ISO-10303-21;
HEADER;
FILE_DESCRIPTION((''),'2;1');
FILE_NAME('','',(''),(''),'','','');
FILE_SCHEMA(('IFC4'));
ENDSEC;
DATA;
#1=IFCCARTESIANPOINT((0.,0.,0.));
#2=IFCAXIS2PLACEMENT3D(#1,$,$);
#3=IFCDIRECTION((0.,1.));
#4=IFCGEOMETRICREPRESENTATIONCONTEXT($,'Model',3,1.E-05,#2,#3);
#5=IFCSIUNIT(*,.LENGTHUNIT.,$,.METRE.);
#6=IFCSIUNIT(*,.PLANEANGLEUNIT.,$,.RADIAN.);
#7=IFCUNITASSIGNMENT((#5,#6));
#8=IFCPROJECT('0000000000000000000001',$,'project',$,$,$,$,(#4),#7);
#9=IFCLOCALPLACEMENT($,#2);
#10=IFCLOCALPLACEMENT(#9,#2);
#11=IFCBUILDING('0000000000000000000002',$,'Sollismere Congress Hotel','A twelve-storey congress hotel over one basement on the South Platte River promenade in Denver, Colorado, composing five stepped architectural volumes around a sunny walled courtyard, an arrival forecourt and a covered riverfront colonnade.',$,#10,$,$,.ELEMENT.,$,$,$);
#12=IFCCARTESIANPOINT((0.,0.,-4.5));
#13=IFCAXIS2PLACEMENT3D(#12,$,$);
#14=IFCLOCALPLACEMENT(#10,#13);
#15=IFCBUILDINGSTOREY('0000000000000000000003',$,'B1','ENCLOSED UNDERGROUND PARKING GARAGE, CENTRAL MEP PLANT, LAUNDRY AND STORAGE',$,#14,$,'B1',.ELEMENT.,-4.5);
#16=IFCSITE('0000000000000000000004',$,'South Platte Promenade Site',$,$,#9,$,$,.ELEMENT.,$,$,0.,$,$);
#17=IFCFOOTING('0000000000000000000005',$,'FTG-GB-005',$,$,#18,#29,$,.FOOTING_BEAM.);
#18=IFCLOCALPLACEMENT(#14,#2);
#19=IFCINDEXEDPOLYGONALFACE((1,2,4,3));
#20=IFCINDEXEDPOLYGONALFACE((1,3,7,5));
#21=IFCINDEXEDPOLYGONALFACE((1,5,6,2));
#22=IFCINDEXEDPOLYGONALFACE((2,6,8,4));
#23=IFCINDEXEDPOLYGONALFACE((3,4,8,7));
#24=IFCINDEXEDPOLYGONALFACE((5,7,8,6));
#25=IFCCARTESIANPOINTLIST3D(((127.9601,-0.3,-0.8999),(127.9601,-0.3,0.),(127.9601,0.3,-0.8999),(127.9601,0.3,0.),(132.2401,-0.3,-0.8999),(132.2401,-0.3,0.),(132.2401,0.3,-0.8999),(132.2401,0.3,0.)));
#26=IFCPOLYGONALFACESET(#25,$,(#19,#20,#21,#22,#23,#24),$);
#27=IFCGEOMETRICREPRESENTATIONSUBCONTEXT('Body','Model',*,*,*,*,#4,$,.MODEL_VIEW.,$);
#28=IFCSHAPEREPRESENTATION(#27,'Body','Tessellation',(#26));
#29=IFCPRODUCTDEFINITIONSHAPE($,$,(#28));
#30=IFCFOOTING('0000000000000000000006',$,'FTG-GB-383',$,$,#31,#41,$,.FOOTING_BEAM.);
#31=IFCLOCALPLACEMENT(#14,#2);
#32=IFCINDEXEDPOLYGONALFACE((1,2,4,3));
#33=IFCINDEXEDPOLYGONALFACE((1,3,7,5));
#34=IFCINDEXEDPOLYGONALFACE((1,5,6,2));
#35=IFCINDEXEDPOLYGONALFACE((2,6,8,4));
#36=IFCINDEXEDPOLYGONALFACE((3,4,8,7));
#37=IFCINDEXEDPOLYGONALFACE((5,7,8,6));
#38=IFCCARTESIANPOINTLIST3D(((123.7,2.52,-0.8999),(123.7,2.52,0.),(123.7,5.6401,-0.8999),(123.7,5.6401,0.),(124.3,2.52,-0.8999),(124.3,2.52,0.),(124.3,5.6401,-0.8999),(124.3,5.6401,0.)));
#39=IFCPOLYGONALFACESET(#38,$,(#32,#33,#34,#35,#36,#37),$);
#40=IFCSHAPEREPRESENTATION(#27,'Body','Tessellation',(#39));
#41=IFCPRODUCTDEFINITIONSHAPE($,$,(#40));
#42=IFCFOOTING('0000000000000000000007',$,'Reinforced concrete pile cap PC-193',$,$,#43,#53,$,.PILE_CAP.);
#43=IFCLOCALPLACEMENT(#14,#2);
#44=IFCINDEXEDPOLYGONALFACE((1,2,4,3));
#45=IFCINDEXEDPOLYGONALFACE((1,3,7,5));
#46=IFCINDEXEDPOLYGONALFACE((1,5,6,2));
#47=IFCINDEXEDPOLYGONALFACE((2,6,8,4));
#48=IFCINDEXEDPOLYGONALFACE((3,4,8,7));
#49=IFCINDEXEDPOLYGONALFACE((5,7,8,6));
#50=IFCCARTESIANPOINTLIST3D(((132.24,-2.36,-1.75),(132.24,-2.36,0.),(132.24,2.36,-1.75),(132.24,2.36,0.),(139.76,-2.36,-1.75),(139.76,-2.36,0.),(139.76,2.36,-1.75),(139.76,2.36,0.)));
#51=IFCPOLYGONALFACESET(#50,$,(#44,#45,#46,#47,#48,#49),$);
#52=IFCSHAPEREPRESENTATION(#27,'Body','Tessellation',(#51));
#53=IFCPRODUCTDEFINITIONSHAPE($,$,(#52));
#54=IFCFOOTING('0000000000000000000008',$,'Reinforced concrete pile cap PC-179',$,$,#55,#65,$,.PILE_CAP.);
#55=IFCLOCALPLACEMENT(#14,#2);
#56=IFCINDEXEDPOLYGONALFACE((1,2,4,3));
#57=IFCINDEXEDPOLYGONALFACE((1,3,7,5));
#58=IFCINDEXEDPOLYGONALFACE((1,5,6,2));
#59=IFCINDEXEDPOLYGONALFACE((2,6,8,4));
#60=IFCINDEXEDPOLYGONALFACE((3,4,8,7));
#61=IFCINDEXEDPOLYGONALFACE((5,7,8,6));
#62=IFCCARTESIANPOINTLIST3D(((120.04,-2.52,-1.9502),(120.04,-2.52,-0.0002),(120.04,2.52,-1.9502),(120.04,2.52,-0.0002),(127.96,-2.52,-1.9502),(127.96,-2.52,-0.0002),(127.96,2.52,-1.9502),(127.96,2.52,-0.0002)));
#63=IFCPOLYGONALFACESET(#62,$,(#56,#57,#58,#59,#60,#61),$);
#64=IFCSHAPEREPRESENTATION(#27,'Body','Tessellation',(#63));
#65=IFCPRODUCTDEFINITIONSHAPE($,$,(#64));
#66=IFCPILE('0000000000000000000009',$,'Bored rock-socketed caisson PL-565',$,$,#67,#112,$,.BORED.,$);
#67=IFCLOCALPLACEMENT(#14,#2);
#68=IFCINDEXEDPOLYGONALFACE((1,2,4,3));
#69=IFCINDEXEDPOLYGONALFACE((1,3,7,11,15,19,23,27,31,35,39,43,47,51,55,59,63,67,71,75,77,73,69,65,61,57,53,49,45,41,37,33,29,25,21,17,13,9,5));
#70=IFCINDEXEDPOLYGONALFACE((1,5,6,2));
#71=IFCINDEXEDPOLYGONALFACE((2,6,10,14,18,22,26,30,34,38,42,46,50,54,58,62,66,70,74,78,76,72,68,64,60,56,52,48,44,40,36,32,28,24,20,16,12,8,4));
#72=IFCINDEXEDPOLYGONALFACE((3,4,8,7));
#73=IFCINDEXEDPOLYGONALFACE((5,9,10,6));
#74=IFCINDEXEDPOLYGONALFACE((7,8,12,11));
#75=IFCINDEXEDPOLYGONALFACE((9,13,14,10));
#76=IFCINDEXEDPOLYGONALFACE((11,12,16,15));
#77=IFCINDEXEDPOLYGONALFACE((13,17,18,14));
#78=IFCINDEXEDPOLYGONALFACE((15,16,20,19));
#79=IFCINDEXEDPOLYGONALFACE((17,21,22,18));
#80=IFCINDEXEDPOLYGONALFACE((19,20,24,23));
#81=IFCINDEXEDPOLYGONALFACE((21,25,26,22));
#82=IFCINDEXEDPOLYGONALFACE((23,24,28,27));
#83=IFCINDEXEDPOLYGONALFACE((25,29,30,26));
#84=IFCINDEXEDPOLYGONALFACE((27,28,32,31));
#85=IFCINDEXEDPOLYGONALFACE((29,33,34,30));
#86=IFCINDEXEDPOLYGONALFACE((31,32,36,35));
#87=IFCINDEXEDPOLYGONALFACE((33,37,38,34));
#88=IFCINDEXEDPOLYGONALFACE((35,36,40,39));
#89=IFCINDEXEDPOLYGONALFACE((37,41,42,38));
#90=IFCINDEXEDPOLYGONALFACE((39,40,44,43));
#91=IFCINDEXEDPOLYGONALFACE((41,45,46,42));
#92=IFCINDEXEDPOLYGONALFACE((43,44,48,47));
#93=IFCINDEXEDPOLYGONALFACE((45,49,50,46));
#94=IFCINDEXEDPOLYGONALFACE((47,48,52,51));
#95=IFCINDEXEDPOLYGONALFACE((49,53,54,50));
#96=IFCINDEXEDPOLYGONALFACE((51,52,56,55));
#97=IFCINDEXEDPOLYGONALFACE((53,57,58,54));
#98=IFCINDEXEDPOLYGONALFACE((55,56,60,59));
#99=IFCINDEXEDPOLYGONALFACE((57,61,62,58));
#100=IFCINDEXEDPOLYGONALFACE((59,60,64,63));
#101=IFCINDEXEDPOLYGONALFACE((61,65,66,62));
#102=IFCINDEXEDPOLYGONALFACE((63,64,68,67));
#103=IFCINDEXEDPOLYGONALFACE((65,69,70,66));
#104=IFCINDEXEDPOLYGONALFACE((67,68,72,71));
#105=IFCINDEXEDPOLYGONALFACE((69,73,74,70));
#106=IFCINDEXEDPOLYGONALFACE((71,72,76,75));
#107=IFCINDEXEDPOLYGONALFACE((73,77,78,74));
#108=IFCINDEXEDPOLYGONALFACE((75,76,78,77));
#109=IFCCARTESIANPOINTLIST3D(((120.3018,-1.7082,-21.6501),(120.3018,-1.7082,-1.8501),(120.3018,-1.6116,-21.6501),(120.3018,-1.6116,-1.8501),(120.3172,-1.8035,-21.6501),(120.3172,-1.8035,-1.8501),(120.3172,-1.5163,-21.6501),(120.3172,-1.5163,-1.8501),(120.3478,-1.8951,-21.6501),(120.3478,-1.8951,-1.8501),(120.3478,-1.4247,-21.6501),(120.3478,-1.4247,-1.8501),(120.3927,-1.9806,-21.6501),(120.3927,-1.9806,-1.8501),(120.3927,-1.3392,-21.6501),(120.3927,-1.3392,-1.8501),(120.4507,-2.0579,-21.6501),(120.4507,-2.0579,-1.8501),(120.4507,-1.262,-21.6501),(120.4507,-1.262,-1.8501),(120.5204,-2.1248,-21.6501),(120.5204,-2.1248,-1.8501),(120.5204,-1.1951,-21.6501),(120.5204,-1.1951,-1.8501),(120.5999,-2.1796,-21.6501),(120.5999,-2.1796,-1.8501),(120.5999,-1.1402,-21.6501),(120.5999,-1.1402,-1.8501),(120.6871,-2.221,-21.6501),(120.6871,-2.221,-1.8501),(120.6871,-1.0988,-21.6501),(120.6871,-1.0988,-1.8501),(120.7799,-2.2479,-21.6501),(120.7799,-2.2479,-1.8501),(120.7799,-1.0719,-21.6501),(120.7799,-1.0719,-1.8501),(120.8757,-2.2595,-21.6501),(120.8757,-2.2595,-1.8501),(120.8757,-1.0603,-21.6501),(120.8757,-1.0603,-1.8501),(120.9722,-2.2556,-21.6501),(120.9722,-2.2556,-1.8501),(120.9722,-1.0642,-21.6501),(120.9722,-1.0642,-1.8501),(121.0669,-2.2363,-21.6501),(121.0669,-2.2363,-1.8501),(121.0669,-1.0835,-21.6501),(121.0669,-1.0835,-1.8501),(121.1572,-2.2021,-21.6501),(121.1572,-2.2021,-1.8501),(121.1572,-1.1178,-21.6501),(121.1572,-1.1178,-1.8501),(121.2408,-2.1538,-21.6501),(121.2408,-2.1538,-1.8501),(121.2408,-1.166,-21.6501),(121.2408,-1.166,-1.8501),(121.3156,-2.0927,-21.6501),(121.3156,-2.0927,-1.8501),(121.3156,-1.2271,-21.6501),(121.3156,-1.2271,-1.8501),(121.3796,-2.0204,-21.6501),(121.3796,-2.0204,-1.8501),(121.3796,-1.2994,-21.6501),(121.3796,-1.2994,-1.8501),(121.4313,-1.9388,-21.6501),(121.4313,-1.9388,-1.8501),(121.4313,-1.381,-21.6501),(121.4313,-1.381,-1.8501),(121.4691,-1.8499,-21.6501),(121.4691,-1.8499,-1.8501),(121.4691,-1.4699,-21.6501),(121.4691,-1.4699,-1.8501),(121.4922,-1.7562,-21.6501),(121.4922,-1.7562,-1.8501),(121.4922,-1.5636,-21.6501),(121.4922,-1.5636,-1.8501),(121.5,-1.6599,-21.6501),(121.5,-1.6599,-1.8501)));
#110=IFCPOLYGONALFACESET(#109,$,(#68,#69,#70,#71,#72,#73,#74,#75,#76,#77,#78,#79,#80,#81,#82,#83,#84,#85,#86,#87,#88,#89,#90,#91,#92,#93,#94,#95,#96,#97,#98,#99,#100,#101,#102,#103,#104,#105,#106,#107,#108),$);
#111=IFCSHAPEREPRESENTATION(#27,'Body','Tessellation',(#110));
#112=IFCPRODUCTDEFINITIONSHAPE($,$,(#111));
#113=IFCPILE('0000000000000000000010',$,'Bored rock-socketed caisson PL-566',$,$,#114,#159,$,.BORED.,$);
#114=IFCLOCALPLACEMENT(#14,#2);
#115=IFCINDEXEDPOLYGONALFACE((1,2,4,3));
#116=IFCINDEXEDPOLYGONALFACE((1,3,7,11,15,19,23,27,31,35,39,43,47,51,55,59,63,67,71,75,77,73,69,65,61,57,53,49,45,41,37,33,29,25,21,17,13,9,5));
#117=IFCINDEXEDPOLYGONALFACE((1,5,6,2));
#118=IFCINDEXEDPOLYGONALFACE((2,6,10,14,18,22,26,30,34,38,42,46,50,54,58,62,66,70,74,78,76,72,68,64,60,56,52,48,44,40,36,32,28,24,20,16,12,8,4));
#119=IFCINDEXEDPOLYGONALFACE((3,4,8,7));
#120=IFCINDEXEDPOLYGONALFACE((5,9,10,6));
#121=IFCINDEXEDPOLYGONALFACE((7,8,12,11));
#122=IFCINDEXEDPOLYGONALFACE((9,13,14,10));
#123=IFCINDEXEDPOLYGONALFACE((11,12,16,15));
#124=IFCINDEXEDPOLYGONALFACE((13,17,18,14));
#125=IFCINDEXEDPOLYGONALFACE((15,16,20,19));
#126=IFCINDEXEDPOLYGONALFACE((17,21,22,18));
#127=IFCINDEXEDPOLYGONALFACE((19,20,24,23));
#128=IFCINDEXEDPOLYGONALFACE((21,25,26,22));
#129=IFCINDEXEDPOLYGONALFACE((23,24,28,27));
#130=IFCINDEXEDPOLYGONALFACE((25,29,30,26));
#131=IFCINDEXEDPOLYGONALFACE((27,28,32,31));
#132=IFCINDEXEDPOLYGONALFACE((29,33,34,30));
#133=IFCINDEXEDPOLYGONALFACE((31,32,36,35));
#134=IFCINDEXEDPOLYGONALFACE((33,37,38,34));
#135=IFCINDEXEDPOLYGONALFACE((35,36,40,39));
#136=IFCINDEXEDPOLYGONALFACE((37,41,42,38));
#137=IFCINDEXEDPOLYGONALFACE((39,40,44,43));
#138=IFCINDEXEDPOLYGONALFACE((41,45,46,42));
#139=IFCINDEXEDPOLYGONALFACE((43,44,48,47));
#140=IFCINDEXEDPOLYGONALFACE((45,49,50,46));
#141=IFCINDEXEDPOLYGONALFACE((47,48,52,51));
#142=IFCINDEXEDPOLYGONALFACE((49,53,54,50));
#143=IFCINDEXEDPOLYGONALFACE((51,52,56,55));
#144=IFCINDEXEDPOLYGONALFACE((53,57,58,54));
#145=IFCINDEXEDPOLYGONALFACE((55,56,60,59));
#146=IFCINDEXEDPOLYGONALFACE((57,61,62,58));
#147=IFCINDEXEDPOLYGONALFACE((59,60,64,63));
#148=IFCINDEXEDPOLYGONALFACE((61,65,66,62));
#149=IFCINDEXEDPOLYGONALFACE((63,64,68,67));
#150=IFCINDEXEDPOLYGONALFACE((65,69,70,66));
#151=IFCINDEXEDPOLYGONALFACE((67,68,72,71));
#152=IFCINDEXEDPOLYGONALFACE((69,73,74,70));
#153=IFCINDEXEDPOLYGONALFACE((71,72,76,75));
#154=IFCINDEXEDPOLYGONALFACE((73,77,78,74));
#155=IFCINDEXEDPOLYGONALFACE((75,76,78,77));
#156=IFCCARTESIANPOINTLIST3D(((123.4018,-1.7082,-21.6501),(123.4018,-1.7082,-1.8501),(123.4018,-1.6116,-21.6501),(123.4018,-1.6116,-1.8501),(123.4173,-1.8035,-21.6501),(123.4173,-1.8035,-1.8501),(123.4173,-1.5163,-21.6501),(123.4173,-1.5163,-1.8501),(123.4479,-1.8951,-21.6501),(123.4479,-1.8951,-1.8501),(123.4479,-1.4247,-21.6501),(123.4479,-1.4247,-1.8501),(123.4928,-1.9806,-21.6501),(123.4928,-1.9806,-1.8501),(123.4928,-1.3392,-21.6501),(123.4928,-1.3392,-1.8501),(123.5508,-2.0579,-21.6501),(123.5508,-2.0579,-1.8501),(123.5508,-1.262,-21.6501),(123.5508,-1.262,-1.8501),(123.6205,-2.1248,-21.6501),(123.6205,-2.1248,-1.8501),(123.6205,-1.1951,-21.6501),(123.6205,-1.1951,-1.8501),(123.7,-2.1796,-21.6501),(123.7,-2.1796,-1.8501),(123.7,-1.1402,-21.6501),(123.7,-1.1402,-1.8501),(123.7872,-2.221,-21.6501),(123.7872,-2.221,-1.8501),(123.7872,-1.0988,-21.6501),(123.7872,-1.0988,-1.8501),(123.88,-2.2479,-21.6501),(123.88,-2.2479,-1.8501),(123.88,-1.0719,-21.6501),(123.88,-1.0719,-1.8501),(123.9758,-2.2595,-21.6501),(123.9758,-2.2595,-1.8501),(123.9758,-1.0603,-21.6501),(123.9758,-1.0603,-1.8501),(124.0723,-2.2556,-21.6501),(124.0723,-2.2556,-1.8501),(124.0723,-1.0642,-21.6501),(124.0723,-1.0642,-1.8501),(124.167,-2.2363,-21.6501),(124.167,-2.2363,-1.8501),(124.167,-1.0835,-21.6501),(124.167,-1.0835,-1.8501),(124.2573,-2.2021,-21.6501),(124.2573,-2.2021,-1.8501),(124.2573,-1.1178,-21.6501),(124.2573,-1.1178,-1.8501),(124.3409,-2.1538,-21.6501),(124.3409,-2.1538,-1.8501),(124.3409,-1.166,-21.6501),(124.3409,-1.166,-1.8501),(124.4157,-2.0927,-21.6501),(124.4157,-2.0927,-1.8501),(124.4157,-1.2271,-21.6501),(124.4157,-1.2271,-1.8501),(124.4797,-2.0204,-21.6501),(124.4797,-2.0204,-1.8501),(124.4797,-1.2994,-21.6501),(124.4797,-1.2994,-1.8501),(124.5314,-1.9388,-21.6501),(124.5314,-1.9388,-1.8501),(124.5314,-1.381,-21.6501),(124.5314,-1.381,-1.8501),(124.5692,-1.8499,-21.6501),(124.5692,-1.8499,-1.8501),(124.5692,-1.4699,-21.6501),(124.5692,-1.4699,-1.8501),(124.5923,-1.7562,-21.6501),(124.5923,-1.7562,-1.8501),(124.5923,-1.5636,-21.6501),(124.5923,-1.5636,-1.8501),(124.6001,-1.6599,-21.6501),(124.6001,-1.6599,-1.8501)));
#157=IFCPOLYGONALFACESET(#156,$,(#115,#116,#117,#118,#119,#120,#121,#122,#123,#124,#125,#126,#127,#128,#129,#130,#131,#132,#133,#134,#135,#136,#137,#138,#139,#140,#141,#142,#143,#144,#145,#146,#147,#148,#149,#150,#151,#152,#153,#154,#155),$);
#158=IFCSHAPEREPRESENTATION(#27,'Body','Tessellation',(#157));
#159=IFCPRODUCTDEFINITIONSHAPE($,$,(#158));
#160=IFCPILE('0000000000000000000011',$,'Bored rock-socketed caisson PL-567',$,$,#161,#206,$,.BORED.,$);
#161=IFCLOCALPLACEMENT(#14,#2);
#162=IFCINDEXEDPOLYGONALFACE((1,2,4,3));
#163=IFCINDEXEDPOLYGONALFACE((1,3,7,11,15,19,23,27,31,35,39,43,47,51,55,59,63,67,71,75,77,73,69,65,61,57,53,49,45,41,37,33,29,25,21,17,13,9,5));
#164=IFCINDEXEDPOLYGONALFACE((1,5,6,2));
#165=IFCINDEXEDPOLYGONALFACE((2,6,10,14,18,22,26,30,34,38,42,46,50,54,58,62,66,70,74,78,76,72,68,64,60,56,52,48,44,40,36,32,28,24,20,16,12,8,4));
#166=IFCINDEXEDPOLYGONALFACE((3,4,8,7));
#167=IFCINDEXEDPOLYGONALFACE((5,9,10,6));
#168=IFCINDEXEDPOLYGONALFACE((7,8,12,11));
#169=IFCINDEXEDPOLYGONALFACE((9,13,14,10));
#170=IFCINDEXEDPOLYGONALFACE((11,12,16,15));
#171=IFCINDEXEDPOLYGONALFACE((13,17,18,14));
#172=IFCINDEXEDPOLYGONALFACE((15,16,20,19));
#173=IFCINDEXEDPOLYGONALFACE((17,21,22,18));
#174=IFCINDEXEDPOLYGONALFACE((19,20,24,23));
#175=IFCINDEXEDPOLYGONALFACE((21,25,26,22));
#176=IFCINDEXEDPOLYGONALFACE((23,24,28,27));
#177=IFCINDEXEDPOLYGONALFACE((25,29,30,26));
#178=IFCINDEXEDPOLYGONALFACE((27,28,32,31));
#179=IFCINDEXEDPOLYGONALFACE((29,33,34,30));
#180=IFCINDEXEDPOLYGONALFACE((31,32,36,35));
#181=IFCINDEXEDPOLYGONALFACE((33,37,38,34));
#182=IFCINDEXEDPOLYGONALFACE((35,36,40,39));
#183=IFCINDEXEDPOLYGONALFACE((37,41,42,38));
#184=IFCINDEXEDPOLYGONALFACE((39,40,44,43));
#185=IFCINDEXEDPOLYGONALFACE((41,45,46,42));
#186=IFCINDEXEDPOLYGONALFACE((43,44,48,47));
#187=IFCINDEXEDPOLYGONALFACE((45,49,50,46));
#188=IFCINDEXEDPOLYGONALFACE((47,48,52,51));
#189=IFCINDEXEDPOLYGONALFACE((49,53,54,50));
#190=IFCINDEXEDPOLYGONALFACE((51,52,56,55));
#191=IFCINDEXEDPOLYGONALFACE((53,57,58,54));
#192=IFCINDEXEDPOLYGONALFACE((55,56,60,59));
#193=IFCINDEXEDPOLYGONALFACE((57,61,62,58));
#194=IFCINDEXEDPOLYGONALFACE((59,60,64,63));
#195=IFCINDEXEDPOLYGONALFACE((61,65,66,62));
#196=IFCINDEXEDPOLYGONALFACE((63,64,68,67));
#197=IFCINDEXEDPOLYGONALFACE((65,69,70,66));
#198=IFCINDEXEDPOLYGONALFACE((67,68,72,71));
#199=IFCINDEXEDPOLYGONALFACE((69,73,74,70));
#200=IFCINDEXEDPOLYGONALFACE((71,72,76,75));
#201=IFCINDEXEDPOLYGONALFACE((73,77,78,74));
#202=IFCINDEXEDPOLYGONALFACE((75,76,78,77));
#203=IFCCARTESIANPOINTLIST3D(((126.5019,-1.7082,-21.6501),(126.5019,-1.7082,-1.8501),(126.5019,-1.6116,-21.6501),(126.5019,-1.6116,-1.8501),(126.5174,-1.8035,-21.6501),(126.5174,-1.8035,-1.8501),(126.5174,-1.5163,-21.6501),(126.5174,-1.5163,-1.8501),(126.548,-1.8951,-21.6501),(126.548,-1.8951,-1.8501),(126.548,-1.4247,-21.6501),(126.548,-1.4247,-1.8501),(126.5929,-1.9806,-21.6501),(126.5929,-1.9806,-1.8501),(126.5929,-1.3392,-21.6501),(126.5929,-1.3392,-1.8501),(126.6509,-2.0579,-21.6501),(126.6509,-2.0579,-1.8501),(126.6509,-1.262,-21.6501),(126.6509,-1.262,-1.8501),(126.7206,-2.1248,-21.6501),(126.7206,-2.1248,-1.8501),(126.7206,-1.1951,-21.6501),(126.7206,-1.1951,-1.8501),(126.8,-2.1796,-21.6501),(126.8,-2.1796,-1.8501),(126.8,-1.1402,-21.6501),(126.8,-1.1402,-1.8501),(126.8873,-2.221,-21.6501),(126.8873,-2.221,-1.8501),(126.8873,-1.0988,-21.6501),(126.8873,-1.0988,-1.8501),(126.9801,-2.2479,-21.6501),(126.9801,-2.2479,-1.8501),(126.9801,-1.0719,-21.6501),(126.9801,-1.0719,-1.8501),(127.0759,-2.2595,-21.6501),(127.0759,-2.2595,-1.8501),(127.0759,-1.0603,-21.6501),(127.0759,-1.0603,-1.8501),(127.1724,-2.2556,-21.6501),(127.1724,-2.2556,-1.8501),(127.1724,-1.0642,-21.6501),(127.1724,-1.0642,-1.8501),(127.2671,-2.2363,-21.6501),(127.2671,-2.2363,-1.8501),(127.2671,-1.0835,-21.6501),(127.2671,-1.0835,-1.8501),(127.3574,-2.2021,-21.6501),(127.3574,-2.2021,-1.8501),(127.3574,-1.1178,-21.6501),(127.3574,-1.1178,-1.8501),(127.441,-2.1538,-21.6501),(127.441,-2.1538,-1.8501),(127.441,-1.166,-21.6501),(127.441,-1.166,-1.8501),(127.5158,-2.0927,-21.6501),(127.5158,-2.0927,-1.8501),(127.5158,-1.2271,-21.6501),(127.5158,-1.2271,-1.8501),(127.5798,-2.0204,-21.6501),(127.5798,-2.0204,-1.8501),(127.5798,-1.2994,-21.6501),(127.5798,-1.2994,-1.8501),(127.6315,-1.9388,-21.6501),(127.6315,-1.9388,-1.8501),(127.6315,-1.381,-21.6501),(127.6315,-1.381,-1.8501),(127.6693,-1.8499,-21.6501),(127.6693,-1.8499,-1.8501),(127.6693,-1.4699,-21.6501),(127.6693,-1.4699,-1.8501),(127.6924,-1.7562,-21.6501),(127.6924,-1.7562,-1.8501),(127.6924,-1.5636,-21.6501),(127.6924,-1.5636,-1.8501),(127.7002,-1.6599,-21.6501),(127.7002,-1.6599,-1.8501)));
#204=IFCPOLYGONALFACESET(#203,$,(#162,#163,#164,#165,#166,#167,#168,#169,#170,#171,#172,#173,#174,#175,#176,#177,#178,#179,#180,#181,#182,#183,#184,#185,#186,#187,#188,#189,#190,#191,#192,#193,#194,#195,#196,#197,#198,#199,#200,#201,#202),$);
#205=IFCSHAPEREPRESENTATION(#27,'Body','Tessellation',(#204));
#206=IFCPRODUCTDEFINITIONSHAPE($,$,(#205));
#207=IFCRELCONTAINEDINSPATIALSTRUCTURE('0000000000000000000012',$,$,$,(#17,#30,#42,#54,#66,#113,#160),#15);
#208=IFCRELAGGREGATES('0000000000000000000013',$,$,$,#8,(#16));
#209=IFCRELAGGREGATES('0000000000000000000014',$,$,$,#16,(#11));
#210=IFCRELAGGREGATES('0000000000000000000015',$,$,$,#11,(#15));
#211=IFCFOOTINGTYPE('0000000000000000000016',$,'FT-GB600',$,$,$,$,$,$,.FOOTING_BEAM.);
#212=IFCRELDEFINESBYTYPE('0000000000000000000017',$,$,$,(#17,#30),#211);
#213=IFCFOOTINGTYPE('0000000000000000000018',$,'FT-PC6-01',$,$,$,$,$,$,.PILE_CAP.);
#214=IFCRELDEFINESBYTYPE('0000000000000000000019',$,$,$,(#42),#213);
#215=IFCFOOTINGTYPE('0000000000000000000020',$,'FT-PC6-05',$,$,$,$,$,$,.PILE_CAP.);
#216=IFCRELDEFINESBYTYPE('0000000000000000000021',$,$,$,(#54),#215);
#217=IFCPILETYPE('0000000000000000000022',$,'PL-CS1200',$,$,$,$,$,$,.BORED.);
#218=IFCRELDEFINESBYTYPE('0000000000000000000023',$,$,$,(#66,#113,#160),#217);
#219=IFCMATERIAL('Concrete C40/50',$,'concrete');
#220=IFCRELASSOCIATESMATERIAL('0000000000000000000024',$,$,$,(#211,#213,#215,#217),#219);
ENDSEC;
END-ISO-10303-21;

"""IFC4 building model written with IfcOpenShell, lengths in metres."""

from ifc_helpers import new_model, si_unit, direction, frame, origin, origin_2d, place, context, subcontext, project, spatial, rectangle, circle, extrude, material, material_profile, profile_set, type_object, element, save


model = new_model("IFC4")

# Units and contexts
model_context = context("Model", 3, precision=1e-05, world=origin(), true_north=direction((0.0, 1.0)))
body_context = subcontext(model_context, "Body", "Model", "MODEL_VIEW")
ifc_project = project(units=[si_unit("LENGTHUNIT", "METRE"), si_unit("PLANEANGLEUNIT", "RADIAN")], contexts=[model_context])

# Site, building, storey
site_placement = place(None, origin())
site = spatial("IfcSite", under=ifc_project, at=site_placement, Name="South Platte Promenade Site", CompositionType="ELEMENT", RefElevation=0.0)
building_placement = place(site_placement, origin())
building = spatial("IfcBuilding", under=site, at=building_placement, Name="Sollismere Congress Hotel", Description="A twelve-storey congress hotel over one basement on the South Platte River promenade in Denver, Colorado, composing five stepped architectural volumes around a sunny walled courtyard, an arrival forecourt and a covered riverfront colonnade.", CompositionType="ELEMENT")
storey_placement = place(building_placement, frame((0.0, 0.0, -4.5)))
storey = spatial("IfcBuildingStorey", under=building, at=storey_placement, Name="B1", Description="ENCLOSED UNDERGROUND PARKING GARAGE, CENTRAL MEP PLANT, LAUNDRY AND STORAGE", LongName="B1", CompositionType="ELEMENT", Elevation=-4.5)

# Footings
ifc_material_1 = material(Name="Concrete C40/50", Category="concrete")
footing_type_1 = type_object("IfcFootingType", Name="FT-GB600", PredefinedType="FOOTING_BEAM", material=ifc_material_1)
footing_1_placement = place(storey_placement, frame((130.1001, 0.0, -0.8999), z_axis=(0.0, 0.0, 1.0), x_axis=(1.0, 0.0, 0.0)))
element("IfcFooting", 1, at=footing_1_placement, inside=storey, type_object=footing_type_1, Name="FTG-GB-005", PredefinedType="FOOTING_BEAM", context=body_context, shape_type="SweptSolid", body=[
    extrude(rectangle(XDim=4.28, YDim=0.6001, at=origin_2d()), origin(), (0.0, 0.0, 1.0), 0.8999),
])
footing_2_placement = place(storey_placement, frame((124.0, 4.0801, -0.8999), z_axis=(0.0, 0.0, 1.0), x_axis=(0.0, 1.0, 0.0)))
element("IfcFooting", 2, at=footing_2_placement, inside=storey, type_object=footing_type_1, Name="FTG-GB-383", PredefinedType="FOOTING_BEAM", context=body_context, shape_type="SweptSolid", body=[
    extrude(rectangle(XDim=3.1201, YDim=0.6001, at=origin_2d()), origin(), (0.0, 0.0, 1.0), 0.8999),
])
footing_type_2 = type_object("IfcFootingType", Name="FT-PC6-01", PredefinedType="PILE_CAP", material=ifc_material_1)
footing_3_placement = place(storey_placement, frame((136.0, 0.0, -1.75), z_axis=(0.0, 0.0, 1.0), x_axis=(1.0, 0.0, 0.0)))
element("IfcFooting", 3, at=footing_3_placement, inside=storey, type_object=footing_type_2, Name="Reinforced concrete pile cap PC-193", PredefinedType="PILE_CAP", context=body_context, shape_type="SweptSolid", body=[
    extrude(rectangle(XDim=7.52, YDim=4.72, at=origin_2d()), origin(), (0.0, 0.0, 1.0), 1.75),
])
footing_type_3 = type_object("IfcFootingType", Name="FT-PC6-05", PredefinedType="PILE_CAP", material=ifc_material_1)
footing_4_placement = place(storey_placement, frame((124.0, 0.0, -1.9502), z_axis=(0.0, 0.0, 1.0), x_axis=(1.0, 0.0, 0.0)))
element("IfcFooting", 4, at=footing_4_placement, inside=storey, type_object=footing_type_3, Name="Reinforced concrete pile cap PC-179", PredefinedType="PILE_CAP", context=body_context, shape_type="SweptSolid", body=[
    extrude(rectangle(XDim=7.9199, YDim=5.04, at=origin_2d()), origin(), (0.0, 0.0, 1.0), 1.95),
])

# Piles
ifc_material_profile_1 = material_profile(ifc_material_1, circle(Radius=0.6001, at=origin_2d()), Name="CAISSON1200")
ifc_profile_set_1 = profile_set([ifc_material_profile_1], Name="Concrete C40/50")
pile_type = type_object("IfcPileType", Name="PL-CS1200", PredefinedType="BORED", material=ifc_profile_set_1)
for number, where, z_axis, x_axis, name in (
    (5, (120.8999, -1.6599, -1.8501), (0.0, 0.0, -1.0), (1.0, 0.0, 0.0), "Bored rock-socketed caisson PL-565"),
    (6, (124.0, -1.6599, -1.8501), (0.0, 0.0, -1.0), (1.0, 0.0, 0.0), "Bored rock-socketed caisson PL-566"),
    (7, (127.1001, -1.6599, -1.8501), (0.0, 0.0, -1.0), (1.0, 0.0, 0.0), "Bored rock-socketed caisson PL-567"),
):
    element("IfcPile", number, at=place(storey_placement, frame(where, z_axis=z_axis, x_axis=x_axis)), inside=storey, type_object=pile_type, Name=name, PredefinedType="BORED", context=body_context, shape_type="SweptSolid", body=[
        extrude(circle(Radius=0.6001, at=origin_2d()), origin(), (0.0, 0.0, 1.0), 19.8),
    ])

save(model, "model.ifc")
